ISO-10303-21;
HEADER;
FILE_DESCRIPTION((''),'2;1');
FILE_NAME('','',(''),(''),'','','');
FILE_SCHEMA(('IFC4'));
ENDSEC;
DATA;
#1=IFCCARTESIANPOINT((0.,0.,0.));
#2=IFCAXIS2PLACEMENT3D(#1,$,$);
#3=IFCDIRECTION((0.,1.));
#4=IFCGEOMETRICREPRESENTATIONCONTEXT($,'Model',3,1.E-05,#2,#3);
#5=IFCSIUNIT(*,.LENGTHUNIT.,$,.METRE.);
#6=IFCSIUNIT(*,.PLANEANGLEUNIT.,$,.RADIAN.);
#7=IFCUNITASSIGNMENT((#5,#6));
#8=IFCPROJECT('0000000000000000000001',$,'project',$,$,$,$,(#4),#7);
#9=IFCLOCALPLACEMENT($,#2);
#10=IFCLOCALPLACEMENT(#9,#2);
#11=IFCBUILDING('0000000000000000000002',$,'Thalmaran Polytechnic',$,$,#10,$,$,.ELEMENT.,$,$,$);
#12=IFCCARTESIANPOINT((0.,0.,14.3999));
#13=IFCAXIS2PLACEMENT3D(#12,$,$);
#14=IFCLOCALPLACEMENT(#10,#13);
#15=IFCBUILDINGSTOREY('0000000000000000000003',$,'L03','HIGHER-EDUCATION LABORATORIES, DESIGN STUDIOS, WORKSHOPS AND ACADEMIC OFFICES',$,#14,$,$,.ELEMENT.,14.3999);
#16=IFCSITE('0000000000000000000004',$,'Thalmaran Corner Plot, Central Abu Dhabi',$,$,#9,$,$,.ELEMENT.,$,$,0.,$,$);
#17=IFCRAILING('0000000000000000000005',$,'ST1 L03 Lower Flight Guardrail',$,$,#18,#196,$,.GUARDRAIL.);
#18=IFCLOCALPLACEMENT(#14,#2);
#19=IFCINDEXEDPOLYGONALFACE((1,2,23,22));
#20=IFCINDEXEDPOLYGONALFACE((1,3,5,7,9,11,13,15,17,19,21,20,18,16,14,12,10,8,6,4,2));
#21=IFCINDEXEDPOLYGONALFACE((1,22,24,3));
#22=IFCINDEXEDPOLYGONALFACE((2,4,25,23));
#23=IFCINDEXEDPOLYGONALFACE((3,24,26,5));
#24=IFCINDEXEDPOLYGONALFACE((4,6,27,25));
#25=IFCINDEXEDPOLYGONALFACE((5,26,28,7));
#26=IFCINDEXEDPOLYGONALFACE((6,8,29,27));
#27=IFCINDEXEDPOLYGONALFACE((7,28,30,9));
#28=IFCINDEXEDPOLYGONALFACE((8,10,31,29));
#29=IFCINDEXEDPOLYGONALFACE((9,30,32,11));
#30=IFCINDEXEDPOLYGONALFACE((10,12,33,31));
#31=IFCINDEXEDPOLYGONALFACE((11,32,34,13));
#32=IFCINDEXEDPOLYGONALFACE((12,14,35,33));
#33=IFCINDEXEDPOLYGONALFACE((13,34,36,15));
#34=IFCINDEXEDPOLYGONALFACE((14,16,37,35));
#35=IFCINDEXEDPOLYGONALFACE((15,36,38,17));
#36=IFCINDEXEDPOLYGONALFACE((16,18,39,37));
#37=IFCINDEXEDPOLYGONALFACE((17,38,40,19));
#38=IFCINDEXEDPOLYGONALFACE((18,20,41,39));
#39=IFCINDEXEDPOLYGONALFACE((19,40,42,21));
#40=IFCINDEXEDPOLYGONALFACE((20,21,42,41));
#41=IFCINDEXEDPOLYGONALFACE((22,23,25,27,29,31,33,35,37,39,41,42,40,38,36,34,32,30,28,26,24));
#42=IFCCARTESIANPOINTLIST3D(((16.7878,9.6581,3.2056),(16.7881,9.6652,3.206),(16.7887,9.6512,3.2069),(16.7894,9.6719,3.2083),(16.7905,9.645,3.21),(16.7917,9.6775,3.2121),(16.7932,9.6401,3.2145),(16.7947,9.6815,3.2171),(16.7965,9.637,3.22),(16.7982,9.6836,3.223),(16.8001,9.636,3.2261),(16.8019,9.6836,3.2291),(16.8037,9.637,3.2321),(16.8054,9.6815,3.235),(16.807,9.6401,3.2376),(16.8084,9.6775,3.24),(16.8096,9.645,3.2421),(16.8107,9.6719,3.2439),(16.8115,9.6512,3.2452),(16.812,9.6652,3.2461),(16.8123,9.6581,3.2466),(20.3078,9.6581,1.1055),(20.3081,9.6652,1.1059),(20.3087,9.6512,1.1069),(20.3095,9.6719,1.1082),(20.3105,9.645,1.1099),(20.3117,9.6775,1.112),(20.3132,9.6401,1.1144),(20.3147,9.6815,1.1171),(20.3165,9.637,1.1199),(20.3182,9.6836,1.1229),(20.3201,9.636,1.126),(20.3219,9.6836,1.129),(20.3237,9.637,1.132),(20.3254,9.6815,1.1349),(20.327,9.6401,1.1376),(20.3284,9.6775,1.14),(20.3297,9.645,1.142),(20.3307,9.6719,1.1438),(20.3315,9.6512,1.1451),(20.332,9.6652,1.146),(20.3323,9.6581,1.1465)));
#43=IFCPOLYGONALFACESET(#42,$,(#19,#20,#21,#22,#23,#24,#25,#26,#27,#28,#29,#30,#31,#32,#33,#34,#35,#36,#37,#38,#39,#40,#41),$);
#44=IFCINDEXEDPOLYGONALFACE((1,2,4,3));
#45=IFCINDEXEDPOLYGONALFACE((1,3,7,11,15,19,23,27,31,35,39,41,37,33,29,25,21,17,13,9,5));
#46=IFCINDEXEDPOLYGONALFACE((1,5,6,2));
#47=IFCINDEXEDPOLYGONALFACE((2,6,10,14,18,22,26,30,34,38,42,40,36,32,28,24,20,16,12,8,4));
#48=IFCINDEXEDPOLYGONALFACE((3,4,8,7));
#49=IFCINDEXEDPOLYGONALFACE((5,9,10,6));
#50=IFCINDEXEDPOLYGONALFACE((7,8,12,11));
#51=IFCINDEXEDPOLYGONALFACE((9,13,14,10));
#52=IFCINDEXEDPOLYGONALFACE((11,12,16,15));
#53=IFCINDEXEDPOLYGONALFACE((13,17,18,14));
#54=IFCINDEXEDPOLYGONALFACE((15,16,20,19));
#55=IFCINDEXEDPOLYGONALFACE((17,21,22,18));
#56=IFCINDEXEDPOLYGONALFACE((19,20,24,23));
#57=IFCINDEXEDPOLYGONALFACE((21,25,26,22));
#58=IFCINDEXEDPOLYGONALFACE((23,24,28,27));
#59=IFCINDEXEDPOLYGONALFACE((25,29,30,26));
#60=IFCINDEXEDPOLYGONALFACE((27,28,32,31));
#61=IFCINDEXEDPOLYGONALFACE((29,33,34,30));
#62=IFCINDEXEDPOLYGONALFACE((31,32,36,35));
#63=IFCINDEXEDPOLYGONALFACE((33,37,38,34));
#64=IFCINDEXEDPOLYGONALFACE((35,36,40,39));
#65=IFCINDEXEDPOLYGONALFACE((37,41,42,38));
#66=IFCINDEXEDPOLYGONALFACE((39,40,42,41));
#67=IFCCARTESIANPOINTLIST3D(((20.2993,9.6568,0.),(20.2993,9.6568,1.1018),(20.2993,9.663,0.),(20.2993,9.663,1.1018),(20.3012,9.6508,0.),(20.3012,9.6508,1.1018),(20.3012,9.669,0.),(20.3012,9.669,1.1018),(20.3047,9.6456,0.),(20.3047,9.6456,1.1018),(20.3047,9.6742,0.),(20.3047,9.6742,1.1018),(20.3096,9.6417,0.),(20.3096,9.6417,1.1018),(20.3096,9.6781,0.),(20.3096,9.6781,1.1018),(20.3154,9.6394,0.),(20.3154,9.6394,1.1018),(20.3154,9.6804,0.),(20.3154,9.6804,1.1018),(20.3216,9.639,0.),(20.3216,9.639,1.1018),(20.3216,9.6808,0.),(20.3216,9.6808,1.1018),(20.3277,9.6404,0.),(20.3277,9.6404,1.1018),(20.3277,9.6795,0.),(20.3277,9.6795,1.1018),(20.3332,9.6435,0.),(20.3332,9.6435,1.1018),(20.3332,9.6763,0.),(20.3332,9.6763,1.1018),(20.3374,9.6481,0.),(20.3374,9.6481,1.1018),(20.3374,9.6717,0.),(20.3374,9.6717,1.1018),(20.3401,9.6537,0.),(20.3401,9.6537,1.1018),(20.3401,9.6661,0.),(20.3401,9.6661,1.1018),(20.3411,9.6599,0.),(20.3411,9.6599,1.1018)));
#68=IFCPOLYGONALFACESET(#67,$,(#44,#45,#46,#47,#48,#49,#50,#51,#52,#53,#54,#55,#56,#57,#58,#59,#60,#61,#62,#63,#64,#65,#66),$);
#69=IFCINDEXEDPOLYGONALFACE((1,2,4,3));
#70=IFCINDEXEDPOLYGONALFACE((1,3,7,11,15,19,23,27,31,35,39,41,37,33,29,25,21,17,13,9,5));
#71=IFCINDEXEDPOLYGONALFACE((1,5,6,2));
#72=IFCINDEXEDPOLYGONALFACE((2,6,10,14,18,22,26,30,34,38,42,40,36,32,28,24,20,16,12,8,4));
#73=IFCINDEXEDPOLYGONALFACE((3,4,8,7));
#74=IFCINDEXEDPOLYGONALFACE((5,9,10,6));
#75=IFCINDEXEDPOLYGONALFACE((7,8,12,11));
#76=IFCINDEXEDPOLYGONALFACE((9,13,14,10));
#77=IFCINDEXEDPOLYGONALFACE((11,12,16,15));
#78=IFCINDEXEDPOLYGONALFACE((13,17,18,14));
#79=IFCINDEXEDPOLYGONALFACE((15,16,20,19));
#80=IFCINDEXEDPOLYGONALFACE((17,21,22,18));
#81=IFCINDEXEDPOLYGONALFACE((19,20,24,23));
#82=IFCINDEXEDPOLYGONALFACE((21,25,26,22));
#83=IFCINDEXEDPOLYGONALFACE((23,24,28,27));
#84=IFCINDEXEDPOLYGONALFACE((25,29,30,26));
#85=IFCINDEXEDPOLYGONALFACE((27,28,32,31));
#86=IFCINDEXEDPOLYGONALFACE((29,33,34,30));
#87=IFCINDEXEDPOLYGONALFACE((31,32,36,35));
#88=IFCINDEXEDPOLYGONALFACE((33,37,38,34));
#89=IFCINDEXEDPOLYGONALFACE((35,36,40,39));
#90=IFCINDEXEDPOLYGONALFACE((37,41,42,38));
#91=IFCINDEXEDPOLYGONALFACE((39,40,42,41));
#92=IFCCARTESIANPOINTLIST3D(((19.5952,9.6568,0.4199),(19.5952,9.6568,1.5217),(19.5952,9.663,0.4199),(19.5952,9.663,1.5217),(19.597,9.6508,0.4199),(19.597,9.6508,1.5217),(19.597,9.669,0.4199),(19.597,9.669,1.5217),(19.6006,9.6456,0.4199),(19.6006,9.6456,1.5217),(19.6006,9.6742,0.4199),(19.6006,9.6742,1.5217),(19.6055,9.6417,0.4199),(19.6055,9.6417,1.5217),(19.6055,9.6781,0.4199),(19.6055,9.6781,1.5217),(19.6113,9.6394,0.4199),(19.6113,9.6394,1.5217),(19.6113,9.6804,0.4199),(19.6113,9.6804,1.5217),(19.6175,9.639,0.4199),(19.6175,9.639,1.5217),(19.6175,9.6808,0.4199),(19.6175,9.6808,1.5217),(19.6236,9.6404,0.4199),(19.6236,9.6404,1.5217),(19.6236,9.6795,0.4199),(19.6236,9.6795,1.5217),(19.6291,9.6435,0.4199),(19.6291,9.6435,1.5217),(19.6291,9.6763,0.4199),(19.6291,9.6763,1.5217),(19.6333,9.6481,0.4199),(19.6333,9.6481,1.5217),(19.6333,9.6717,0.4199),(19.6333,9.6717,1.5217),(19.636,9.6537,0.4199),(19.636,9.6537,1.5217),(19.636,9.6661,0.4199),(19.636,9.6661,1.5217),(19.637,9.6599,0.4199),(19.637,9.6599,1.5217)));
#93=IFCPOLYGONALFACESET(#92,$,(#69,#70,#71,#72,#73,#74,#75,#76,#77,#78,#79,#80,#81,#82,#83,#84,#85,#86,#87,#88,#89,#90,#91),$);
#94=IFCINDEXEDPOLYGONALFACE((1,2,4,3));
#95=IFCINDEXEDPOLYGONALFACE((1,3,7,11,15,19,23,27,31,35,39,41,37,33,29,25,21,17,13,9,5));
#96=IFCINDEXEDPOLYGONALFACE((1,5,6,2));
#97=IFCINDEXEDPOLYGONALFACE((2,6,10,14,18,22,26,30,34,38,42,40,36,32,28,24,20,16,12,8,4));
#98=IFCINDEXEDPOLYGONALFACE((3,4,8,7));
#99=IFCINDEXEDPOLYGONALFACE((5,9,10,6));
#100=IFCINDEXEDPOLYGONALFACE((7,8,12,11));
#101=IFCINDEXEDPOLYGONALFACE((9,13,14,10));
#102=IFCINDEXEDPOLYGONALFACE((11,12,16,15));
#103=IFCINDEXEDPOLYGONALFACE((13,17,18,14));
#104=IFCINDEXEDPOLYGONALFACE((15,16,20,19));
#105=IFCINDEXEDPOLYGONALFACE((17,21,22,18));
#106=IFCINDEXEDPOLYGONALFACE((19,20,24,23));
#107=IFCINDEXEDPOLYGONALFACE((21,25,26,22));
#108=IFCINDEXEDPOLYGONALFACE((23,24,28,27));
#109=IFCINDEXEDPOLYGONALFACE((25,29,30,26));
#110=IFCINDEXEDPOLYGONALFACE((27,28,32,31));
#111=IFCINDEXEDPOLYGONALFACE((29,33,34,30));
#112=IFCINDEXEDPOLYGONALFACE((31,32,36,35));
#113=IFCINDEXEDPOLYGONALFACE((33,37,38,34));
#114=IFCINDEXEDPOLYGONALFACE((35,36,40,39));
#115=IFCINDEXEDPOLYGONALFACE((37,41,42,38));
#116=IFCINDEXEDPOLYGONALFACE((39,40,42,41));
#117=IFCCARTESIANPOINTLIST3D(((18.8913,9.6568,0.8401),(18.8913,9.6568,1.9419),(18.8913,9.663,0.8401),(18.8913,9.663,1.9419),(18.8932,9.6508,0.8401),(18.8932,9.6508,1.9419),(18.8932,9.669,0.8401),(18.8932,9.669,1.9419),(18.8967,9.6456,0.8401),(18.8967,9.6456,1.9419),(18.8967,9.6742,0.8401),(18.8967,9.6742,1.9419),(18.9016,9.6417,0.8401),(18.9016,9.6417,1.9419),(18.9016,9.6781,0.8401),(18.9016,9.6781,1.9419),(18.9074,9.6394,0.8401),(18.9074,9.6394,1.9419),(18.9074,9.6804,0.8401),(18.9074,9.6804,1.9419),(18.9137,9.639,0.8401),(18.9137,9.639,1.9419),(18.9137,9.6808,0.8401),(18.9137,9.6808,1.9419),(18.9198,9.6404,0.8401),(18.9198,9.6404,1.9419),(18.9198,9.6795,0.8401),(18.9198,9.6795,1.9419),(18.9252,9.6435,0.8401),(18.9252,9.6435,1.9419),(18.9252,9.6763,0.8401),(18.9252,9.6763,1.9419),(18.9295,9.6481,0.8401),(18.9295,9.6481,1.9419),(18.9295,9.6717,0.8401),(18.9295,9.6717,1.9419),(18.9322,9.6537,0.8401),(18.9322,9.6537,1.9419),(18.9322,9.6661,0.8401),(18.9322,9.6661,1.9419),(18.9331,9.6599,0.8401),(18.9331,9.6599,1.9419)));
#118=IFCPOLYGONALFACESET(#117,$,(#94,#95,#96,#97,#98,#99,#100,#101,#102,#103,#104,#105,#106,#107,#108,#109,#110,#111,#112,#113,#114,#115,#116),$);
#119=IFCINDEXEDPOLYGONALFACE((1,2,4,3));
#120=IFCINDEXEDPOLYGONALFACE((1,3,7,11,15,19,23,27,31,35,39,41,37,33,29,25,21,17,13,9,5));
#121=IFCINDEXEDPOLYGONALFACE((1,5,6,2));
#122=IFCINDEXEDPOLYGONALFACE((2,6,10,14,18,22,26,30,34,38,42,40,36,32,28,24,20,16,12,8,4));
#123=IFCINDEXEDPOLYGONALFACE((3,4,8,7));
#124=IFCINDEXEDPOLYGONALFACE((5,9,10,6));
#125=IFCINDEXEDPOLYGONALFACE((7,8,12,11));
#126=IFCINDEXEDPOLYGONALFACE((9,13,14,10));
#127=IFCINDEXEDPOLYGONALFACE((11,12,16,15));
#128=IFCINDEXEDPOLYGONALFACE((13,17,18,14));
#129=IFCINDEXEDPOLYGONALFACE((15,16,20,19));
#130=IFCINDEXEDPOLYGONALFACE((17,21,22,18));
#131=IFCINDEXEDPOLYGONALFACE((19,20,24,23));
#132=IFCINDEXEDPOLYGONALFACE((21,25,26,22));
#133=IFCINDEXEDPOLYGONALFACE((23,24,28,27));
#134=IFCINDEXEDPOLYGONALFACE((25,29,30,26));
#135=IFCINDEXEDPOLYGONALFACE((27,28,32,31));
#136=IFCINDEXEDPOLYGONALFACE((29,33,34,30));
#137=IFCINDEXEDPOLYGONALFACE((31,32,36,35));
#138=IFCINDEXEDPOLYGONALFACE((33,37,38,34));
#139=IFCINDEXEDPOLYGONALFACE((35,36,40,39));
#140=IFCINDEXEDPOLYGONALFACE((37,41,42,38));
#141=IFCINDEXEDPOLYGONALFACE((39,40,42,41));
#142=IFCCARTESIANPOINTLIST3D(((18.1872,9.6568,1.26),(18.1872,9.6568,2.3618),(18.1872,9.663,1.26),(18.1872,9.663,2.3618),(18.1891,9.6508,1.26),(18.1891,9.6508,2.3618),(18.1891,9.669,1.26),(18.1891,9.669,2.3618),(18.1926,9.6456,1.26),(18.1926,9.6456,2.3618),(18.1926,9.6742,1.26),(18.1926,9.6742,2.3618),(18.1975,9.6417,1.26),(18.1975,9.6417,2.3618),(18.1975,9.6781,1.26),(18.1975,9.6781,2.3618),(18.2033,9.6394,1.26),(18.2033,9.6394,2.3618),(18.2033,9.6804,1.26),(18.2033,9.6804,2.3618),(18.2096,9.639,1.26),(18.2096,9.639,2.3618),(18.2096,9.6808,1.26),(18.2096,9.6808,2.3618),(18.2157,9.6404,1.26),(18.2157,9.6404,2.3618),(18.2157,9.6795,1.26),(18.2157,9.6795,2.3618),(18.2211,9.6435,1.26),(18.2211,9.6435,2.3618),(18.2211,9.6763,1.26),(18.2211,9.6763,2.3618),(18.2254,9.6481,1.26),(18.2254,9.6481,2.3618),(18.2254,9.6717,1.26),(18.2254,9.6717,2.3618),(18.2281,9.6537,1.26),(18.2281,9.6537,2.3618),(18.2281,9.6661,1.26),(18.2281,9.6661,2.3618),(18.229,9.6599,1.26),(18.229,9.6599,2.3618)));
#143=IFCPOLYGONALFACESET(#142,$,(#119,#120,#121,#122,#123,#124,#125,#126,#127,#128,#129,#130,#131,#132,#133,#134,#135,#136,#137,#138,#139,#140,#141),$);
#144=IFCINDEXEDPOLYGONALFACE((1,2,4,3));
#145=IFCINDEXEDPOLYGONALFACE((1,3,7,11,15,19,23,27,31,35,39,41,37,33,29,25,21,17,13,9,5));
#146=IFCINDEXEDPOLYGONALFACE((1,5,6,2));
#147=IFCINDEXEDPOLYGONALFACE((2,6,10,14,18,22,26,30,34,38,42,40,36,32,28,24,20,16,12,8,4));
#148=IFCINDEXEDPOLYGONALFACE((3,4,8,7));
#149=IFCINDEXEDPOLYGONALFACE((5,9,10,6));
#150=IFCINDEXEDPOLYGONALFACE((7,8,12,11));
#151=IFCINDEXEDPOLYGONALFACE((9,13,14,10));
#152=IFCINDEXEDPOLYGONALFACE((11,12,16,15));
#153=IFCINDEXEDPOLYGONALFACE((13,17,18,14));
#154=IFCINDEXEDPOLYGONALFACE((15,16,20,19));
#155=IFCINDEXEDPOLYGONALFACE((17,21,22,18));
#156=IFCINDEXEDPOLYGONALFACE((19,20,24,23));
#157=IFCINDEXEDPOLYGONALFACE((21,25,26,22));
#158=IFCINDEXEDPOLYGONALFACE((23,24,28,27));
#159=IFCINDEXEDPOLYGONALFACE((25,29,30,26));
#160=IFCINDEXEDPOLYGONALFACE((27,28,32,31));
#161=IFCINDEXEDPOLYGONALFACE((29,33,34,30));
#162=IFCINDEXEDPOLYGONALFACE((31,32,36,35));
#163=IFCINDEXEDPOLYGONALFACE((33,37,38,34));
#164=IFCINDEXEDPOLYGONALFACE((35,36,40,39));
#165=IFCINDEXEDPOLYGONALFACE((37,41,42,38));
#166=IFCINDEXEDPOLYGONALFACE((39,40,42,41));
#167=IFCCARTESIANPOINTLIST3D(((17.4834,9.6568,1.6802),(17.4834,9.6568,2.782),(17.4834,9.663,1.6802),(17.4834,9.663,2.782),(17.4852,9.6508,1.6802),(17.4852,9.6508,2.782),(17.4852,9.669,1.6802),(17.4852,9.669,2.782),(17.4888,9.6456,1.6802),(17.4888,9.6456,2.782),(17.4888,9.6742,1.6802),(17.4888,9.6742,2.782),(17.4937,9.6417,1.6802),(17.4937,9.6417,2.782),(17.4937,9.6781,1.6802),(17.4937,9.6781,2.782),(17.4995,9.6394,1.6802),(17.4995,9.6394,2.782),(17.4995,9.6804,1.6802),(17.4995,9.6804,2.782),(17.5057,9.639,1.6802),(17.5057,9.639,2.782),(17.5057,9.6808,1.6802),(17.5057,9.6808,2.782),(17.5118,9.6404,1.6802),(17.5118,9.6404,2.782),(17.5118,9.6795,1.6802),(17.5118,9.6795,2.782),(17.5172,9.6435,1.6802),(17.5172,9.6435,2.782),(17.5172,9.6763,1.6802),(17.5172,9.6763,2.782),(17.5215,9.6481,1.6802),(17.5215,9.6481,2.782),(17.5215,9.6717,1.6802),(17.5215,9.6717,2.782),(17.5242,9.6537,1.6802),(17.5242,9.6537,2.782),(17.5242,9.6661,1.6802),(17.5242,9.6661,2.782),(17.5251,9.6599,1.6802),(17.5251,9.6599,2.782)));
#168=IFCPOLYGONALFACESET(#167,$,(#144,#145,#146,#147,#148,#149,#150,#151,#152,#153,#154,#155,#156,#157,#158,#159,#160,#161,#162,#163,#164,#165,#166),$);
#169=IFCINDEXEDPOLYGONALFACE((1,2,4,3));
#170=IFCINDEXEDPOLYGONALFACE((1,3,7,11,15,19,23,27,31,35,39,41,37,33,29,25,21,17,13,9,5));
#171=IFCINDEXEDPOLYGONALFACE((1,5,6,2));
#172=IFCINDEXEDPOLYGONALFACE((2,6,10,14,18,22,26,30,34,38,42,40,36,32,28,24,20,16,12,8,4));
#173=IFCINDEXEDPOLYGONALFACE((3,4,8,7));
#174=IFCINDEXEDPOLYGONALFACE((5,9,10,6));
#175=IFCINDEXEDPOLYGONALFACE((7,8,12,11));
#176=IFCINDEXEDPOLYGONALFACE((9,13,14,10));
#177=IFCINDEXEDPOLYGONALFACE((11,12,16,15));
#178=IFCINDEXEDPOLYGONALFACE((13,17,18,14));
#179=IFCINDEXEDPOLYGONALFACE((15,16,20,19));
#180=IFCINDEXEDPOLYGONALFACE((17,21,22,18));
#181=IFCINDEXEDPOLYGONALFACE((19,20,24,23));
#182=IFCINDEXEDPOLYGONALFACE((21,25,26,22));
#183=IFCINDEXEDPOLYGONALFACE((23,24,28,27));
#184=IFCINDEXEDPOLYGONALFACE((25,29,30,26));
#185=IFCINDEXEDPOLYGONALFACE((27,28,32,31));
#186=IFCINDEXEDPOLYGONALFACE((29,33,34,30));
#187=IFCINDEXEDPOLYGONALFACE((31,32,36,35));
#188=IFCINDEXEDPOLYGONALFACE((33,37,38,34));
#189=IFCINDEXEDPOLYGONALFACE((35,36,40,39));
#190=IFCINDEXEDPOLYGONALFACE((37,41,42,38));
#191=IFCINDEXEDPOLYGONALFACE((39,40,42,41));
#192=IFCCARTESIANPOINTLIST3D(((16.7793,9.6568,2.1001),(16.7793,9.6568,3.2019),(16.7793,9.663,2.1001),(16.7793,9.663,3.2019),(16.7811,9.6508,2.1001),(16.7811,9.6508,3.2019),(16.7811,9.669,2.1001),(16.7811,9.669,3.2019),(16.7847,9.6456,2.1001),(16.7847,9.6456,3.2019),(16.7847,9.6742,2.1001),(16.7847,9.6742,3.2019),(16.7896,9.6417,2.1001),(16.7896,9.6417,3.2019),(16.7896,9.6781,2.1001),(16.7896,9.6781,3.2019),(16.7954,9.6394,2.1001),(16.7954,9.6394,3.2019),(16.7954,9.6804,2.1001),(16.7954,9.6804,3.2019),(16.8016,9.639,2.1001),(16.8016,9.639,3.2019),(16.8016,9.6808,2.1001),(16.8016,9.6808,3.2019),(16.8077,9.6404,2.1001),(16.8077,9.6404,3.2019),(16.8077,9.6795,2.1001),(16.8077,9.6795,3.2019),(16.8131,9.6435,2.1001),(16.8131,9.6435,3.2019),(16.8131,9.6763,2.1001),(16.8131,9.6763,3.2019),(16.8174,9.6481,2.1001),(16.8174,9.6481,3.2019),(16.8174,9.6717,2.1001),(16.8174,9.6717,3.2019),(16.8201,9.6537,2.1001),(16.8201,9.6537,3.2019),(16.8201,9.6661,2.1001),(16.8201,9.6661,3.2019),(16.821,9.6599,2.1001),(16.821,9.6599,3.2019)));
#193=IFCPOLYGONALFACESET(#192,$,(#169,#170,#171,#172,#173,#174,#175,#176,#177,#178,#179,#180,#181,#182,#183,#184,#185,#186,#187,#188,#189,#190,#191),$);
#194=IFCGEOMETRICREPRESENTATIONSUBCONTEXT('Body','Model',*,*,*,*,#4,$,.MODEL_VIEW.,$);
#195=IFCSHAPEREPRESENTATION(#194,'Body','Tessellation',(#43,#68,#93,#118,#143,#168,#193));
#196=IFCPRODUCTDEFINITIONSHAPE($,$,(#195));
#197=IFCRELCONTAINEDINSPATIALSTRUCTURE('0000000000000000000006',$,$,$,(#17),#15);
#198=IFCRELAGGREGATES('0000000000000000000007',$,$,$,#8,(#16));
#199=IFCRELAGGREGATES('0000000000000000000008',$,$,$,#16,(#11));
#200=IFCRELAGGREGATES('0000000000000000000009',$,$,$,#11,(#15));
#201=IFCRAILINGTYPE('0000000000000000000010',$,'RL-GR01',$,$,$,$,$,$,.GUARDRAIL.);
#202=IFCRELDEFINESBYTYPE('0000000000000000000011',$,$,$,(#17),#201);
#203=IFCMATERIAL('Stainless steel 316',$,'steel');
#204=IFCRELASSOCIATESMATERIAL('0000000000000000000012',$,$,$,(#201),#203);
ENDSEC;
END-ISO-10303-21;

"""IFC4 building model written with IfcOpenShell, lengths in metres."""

from ifc_helpers import new_model, si_unit, direction, frame, origin, origin_2d, place, context, subcontext, project, spatial, circle, extrude, material, type_object, element, save


model = new_model("IFC4")

# Units and contexts
model_context = context("Model", 3, precision=1e-05, world=origin(), true_north=direction((0.0, 1.0)))
body_context = subcontext(model_context, "Body", "Model", "MODEL_VIEW")
ifc_project = project(units=[si_unit("LENGTHUNIT", "METRE"), si_unit("PLANEANGLEUNIT", "RADIAN")], contexts=[model_context])

# Site, building, storey
site_placement = place(None, origin())
site = spatial("IfcSite", under=ifc_project, at=site_placement, Name="Thalmaran Corner Plot, Central Abu Dhabi", CompositionType="ELEMENT", RefElevation=0.0)
building_placement = place(site_placement, origin())
building = spatial("IfcBuilding", under=site, at=building_placement, Name="Thalmaran Polytechnic", CompositionType="ELEMENT")
storey_placement = place(building_placement, frame((0.0, 0.0, 14.3999)))
storey = spatial("IfcBuildingStorey", under=building, at=storey_placement, Name="L03", Description="HIGHER-EDUCATION LABORATORIES, DESIGN STUDIOS, WORKSHOPS AND ACADEMIC OFFICES", CompositionType="ELEMENT", Elevation=14.3999)

# Railing
ifc_material_1 = material(Name="Stainless steel 316", Category="steel")
railing_type_1 = type_object("IfcRailingType", Name="RL-GR01", PredefinedType="GUARDRAIL", material=ifc_material_1)
railing_1_placement = place(storey_placement, frame((20.3201, 9.6599, 0.0)))
element("IfcRailing", 1, at=railing_1_placement, inside=storey, type_object=railing_type_1, Name="ST1 L03 Lower Flight Guardrail", PredefinedType="GUARDRAIL", context=body_context, shape_type="SweptSolid", body=[
    extrude(circle(Radius=0.0239, at=origin_2d()), frame((0.0, 0.0, 1.126), z_axis=(-0.858773, 0.0, 0.512357), x_axis=(0.0, -1.0, 0.0)), (0.0, 0.0, 1.0), 4.0989),
    extrude(circle(Radius=0.021, at=origin_2d()), origin(), (0.0, 0.0, 1.0), 1.1018),
    extrude(circle(Radius=0.021, at=origin_2d()), frame((-0.7041, 0.0, 0.4199)), (0.0, 0.0, 1.0), 1.1018),
    extrude(circle(Radius=0.021, at=origin_2d()), frame((-1.408, 0.0, 0.8401)), (0.0, 0.0, 1.0), 1.1018),
    extrude(circle(Radius=0.021, at=origin_2d()), frame((-2.1121, 0.0, 1.26)), (0.0, 0.0, 1.0), 1.1018),
    extrude(circle(Radius=0.021, at=origin_2d()), frame((-2.8159, 0.0, 1.6802)), (0.0, 0.0, 1.0), 1.1018),
    extrude(circle(Radius=0.021, at=origin_2d()), frame((-3.52, 0.0, 2.1001)), (0.0, 0.0, 1.0), 1.1018),
])

save(model, "model.ifc")
